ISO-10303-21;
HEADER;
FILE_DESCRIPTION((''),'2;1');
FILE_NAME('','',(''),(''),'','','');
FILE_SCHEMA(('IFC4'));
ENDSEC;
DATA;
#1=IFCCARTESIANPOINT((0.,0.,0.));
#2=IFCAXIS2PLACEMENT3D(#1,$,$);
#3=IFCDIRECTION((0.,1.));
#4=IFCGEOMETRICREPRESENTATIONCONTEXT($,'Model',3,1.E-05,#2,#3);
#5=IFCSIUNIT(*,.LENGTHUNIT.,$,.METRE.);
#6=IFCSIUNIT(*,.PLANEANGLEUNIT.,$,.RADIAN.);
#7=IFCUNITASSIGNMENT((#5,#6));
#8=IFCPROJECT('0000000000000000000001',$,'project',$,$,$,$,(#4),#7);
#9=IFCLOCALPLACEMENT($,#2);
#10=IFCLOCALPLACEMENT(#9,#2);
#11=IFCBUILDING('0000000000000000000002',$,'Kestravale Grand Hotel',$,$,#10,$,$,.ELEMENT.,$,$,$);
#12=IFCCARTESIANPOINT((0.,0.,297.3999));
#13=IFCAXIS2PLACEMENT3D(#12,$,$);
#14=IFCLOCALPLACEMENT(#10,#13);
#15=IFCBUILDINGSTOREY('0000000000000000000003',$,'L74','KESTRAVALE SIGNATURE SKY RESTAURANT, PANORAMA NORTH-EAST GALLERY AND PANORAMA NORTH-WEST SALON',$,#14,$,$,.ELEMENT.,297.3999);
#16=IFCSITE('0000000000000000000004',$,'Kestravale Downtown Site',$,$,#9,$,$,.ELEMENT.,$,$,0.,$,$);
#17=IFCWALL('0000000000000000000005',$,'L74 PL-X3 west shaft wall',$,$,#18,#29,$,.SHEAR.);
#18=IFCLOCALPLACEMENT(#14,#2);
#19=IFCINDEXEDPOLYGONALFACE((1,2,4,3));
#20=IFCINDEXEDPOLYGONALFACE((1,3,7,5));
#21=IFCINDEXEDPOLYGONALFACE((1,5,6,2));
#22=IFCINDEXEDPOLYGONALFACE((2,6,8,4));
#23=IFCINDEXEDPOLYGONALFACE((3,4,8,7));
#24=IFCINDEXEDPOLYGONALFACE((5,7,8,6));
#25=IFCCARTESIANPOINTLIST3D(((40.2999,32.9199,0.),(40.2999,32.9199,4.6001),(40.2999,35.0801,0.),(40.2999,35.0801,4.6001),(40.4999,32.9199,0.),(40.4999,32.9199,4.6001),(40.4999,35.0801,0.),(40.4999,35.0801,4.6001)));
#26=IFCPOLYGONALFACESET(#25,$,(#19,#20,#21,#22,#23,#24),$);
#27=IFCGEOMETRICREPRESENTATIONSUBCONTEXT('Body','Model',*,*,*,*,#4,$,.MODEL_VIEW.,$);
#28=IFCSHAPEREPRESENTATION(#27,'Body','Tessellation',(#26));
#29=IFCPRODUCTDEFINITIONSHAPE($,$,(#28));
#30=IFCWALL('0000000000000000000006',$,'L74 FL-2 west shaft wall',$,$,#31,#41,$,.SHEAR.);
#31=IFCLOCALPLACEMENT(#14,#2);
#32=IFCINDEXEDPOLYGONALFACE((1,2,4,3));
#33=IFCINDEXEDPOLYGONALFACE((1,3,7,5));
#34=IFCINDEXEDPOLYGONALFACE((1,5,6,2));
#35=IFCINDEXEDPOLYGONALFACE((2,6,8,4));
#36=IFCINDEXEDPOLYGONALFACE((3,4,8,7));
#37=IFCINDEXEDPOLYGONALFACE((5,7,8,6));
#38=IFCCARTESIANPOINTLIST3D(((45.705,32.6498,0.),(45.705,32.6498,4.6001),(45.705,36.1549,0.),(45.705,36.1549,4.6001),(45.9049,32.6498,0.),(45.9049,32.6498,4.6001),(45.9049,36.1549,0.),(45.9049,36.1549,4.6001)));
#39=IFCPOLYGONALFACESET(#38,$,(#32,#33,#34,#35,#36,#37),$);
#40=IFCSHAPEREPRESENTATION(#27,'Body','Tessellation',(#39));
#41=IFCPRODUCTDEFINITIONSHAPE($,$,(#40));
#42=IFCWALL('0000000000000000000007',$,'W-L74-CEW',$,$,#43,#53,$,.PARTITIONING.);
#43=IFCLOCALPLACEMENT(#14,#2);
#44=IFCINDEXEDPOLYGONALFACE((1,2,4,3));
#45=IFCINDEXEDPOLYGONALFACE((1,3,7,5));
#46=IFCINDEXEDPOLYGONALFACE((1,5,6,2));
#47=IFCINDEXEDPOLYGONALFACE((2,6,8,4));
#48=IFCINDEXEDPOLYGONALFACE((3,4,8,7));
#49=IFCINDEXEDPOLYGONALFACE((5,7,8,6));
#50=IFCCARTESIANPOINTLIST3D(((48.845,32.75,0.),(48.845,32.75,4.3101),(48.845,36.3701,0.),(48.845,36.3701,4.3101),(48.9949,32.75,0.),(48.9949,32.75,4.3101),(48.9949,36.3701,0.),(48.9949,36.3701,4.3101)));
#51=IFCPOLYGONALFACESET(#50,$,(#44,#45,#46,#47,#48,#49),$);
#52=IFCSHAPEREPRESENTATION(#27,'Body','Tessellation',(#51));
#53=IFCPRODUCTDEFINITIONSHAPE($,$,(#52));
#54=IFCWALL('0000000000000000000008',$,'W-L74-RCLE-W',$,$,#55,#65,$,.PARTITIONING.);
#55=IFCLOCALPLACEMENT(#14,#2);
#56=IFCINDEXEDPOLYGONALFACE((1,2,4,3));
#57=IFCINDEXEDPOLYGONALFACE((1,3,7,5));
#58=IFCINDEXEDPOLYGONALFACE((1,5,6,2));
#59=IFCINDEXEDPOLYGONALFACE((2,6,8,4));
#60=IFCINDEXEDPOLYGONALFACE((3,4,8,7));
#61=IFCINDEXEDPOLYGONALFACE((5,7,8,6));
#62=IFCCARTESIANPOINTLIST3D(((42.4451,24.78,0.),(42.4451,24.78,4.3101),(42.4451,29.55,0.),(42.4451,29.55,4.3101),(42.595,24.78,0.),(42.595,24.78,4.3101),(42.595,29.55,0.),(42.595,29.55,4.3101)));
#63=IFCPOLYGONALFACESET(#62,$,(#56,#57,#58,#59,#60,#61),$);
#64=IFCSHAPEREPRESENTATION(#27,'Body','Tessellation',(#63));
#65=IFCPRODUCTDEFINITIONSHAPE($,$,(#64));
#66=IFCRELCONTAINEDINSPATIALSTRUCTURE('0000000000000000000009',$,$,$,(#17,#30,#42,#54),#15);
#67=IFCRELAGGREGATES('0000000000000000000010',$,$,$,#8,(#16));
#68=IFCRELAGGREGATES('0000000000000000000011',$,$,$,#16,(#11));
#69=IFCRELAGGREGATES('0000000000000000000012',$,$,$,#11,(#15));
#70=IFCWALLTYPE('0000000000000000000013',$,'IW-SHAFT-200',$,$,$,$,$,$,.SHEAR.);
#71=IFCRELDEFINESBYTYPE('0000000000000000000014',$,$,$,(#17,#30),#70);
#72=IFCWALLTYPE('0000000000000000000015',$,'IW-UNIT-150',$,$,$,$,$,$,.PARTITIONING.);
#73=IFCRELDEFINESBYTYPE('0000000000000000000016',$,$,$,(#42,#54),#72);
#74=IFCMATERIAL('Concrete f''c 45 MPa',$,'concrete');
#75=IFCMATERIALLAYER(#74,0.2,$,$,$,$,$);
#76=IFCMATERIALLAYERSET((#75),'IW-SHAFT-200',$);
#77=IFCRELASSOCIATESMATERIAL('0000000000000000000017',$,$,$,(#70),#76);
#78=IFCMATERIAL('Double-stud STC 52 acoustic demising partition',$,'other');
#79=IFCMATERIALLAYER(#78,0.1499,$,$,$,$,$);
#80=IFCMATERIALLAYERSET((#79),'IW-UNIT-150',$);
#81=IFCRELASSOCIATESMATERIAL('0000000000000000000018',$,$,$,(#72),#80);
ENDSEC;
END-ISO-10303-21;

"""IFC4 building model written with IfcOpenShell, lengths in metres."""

from ifc_helpers import new_model, si_unit, direction, frame, frame_2d, origin, place, context, subcontext, project, spatial, rectangle, extrude, material, layer, layer_set, type_object, element, save


model = new_model("IFC4")

# Units and contexts
model_context = context("Model", 3, precision=1e-05, world=origin(), true_north=direction((0.0, 1.0)))
body_context = subcontext(model_context, "Body", "Model", "MODEL_VIEW")
ifc_project = project(units=[si_unit("LENGTHUNIT", "METRE"), si_unit("PLANEANGLEUNIT", "RADIAN")], contexts=[model_context])

# Site, building, storey
site_placement = place(None, origin())
site = spatial("IfcSite", under=ifc_project, at=site_placement, Name="Kestravale Downtown Site", CompositionType="ELEMENT", RefElevation=0.0)
building_placement = place(site_placement, origin())
building = spatial("IfcBuilding", under=site, at=building_placement, Name="Kestravale Grand Hotel", CompositionType="ELEMENT")
storey_placement = place(building_placement, frame((0.0, 0.0, 297.3999)))
storey = spatial("IfcBuildingStorey", under=building, at=storey_placement, Name="L74", Description="KESTRAVALE SIGNATURE SKY RESTAURANT, PANORAMA NORTH-EAST GALLERY AND PANORAMA NORTH-WEST SALON", CompositionType="ELEMENT", Elevation=297.3999)

# Walls
ifc_material_1 = material(Name="Concrete f'c 45 MPa", Category="concrete")
ifc_layer_1 = layer(ifc_material_1, 0.2)
ifc_layer_set_1 = layer_set([ifc_layer_1], Name="IW-SHAFT-200")
wall_type_1 = type_object("IfcWallType", Name="IW-SHAFT-200", PredefinedType="SHEAR", material=ifc_layer_set_1)
wall_1_placement = place(storey_placement, frame((40.3999, 32.9199, 0.0), z_axis=(0.0, 0.0, 1.0), x_axis=(0.0, 1.0, 0.0)))
element("IfcWall", 1, at=wall_1_placement, inside=storey, type_object=wall_type_1, Name="L74 PL-X3 west shaft wall", PredefinedType="SHEAR", context=body_context, shape_type="SweptSolid", body=[
    extrude(rectangle(XDim=2.1602, YDim=0.2, at=frame_2d((1.0801, 0.0))), origin(), (0.0, 0.0, 1.0), 4.6001),
])
wall_2_placement = place(storey_placement, frame((45.8049, 32.6499, 0.0), z_axis=(0.0, 0.0, 1.0), x_axis=(0.0, 1.0, 0.0)))
element("IfcWall", 2, at=wall_2_placement, inside=storey, type_object=wall_type_1, Name="L74 FL-2 west shaft wall", PredefinedType="SHEAR", context=body_context, shape_type="SweptSolid", body=[
    extrude(rectangle(XDim=3.5051, YDim=0.2, at=frame_2d((1.7524, 0.0))), origin(), (0.0, 0.0, 1.0), 4.6001),
])

# Walls
ifc_material_2 = material(Name="Double-stud STC 52 acoustic demising partition", Category="other")
ifc_layer_2 = layer(ifc_material_2, 0.1499)
ifc_layer_set_2 = layer_set([ifc_layer_2], Name="IW-UNIT-150")
wall_type_2 = type_object("IfcWallType", Name="IW-UNIT-150", PredefinedType="PARTITIONING", material=ifc_layer_set_2)
wall_3_placement = place(storey_placement, frame((48.9199, 32.75, 0.0), z_axis=(0.0, 0.0, 1.0), x_axis=(0.0, 1.0, 0.0)))
element("IfcWall", 3, at=wall_3_placement, inside=storey, type_object=wall_type_2, Name="W-L74-CEW", PredefinedType="PARTITIONING", context=body_context, shape_type="SweptSolid", body=[
    extrude(rectangle(XDim=3.6201, YDim=0.1499, at=frame_2d((1.8101, 0.0))), origin(), (0.0, 0.0, 1.0), 4.3101),
])
wall_4_placement = place(storey_placement, frame((42.52, 24.78, 0.0), z_axis=(0.0, 0.0, 1.0), x_axis=(0.0, 1.0, 0.0)))
element("IfcWall", 4, at=wall_4_placement, inside=storey, type_object=wall_type_2, Name="W-L74-RCLE-W", PredefinedType="PARTITIONING", context=body_context, shape_type="SweptSolid", body=[
    extrude(rectangle(XDim=4.77, YDim=0.1499, at=frame_2d((2.385, 0.0))), origin(), (0.0, 0.0, 1.0), 4.3101),
])

save(model, "model.ifc")
